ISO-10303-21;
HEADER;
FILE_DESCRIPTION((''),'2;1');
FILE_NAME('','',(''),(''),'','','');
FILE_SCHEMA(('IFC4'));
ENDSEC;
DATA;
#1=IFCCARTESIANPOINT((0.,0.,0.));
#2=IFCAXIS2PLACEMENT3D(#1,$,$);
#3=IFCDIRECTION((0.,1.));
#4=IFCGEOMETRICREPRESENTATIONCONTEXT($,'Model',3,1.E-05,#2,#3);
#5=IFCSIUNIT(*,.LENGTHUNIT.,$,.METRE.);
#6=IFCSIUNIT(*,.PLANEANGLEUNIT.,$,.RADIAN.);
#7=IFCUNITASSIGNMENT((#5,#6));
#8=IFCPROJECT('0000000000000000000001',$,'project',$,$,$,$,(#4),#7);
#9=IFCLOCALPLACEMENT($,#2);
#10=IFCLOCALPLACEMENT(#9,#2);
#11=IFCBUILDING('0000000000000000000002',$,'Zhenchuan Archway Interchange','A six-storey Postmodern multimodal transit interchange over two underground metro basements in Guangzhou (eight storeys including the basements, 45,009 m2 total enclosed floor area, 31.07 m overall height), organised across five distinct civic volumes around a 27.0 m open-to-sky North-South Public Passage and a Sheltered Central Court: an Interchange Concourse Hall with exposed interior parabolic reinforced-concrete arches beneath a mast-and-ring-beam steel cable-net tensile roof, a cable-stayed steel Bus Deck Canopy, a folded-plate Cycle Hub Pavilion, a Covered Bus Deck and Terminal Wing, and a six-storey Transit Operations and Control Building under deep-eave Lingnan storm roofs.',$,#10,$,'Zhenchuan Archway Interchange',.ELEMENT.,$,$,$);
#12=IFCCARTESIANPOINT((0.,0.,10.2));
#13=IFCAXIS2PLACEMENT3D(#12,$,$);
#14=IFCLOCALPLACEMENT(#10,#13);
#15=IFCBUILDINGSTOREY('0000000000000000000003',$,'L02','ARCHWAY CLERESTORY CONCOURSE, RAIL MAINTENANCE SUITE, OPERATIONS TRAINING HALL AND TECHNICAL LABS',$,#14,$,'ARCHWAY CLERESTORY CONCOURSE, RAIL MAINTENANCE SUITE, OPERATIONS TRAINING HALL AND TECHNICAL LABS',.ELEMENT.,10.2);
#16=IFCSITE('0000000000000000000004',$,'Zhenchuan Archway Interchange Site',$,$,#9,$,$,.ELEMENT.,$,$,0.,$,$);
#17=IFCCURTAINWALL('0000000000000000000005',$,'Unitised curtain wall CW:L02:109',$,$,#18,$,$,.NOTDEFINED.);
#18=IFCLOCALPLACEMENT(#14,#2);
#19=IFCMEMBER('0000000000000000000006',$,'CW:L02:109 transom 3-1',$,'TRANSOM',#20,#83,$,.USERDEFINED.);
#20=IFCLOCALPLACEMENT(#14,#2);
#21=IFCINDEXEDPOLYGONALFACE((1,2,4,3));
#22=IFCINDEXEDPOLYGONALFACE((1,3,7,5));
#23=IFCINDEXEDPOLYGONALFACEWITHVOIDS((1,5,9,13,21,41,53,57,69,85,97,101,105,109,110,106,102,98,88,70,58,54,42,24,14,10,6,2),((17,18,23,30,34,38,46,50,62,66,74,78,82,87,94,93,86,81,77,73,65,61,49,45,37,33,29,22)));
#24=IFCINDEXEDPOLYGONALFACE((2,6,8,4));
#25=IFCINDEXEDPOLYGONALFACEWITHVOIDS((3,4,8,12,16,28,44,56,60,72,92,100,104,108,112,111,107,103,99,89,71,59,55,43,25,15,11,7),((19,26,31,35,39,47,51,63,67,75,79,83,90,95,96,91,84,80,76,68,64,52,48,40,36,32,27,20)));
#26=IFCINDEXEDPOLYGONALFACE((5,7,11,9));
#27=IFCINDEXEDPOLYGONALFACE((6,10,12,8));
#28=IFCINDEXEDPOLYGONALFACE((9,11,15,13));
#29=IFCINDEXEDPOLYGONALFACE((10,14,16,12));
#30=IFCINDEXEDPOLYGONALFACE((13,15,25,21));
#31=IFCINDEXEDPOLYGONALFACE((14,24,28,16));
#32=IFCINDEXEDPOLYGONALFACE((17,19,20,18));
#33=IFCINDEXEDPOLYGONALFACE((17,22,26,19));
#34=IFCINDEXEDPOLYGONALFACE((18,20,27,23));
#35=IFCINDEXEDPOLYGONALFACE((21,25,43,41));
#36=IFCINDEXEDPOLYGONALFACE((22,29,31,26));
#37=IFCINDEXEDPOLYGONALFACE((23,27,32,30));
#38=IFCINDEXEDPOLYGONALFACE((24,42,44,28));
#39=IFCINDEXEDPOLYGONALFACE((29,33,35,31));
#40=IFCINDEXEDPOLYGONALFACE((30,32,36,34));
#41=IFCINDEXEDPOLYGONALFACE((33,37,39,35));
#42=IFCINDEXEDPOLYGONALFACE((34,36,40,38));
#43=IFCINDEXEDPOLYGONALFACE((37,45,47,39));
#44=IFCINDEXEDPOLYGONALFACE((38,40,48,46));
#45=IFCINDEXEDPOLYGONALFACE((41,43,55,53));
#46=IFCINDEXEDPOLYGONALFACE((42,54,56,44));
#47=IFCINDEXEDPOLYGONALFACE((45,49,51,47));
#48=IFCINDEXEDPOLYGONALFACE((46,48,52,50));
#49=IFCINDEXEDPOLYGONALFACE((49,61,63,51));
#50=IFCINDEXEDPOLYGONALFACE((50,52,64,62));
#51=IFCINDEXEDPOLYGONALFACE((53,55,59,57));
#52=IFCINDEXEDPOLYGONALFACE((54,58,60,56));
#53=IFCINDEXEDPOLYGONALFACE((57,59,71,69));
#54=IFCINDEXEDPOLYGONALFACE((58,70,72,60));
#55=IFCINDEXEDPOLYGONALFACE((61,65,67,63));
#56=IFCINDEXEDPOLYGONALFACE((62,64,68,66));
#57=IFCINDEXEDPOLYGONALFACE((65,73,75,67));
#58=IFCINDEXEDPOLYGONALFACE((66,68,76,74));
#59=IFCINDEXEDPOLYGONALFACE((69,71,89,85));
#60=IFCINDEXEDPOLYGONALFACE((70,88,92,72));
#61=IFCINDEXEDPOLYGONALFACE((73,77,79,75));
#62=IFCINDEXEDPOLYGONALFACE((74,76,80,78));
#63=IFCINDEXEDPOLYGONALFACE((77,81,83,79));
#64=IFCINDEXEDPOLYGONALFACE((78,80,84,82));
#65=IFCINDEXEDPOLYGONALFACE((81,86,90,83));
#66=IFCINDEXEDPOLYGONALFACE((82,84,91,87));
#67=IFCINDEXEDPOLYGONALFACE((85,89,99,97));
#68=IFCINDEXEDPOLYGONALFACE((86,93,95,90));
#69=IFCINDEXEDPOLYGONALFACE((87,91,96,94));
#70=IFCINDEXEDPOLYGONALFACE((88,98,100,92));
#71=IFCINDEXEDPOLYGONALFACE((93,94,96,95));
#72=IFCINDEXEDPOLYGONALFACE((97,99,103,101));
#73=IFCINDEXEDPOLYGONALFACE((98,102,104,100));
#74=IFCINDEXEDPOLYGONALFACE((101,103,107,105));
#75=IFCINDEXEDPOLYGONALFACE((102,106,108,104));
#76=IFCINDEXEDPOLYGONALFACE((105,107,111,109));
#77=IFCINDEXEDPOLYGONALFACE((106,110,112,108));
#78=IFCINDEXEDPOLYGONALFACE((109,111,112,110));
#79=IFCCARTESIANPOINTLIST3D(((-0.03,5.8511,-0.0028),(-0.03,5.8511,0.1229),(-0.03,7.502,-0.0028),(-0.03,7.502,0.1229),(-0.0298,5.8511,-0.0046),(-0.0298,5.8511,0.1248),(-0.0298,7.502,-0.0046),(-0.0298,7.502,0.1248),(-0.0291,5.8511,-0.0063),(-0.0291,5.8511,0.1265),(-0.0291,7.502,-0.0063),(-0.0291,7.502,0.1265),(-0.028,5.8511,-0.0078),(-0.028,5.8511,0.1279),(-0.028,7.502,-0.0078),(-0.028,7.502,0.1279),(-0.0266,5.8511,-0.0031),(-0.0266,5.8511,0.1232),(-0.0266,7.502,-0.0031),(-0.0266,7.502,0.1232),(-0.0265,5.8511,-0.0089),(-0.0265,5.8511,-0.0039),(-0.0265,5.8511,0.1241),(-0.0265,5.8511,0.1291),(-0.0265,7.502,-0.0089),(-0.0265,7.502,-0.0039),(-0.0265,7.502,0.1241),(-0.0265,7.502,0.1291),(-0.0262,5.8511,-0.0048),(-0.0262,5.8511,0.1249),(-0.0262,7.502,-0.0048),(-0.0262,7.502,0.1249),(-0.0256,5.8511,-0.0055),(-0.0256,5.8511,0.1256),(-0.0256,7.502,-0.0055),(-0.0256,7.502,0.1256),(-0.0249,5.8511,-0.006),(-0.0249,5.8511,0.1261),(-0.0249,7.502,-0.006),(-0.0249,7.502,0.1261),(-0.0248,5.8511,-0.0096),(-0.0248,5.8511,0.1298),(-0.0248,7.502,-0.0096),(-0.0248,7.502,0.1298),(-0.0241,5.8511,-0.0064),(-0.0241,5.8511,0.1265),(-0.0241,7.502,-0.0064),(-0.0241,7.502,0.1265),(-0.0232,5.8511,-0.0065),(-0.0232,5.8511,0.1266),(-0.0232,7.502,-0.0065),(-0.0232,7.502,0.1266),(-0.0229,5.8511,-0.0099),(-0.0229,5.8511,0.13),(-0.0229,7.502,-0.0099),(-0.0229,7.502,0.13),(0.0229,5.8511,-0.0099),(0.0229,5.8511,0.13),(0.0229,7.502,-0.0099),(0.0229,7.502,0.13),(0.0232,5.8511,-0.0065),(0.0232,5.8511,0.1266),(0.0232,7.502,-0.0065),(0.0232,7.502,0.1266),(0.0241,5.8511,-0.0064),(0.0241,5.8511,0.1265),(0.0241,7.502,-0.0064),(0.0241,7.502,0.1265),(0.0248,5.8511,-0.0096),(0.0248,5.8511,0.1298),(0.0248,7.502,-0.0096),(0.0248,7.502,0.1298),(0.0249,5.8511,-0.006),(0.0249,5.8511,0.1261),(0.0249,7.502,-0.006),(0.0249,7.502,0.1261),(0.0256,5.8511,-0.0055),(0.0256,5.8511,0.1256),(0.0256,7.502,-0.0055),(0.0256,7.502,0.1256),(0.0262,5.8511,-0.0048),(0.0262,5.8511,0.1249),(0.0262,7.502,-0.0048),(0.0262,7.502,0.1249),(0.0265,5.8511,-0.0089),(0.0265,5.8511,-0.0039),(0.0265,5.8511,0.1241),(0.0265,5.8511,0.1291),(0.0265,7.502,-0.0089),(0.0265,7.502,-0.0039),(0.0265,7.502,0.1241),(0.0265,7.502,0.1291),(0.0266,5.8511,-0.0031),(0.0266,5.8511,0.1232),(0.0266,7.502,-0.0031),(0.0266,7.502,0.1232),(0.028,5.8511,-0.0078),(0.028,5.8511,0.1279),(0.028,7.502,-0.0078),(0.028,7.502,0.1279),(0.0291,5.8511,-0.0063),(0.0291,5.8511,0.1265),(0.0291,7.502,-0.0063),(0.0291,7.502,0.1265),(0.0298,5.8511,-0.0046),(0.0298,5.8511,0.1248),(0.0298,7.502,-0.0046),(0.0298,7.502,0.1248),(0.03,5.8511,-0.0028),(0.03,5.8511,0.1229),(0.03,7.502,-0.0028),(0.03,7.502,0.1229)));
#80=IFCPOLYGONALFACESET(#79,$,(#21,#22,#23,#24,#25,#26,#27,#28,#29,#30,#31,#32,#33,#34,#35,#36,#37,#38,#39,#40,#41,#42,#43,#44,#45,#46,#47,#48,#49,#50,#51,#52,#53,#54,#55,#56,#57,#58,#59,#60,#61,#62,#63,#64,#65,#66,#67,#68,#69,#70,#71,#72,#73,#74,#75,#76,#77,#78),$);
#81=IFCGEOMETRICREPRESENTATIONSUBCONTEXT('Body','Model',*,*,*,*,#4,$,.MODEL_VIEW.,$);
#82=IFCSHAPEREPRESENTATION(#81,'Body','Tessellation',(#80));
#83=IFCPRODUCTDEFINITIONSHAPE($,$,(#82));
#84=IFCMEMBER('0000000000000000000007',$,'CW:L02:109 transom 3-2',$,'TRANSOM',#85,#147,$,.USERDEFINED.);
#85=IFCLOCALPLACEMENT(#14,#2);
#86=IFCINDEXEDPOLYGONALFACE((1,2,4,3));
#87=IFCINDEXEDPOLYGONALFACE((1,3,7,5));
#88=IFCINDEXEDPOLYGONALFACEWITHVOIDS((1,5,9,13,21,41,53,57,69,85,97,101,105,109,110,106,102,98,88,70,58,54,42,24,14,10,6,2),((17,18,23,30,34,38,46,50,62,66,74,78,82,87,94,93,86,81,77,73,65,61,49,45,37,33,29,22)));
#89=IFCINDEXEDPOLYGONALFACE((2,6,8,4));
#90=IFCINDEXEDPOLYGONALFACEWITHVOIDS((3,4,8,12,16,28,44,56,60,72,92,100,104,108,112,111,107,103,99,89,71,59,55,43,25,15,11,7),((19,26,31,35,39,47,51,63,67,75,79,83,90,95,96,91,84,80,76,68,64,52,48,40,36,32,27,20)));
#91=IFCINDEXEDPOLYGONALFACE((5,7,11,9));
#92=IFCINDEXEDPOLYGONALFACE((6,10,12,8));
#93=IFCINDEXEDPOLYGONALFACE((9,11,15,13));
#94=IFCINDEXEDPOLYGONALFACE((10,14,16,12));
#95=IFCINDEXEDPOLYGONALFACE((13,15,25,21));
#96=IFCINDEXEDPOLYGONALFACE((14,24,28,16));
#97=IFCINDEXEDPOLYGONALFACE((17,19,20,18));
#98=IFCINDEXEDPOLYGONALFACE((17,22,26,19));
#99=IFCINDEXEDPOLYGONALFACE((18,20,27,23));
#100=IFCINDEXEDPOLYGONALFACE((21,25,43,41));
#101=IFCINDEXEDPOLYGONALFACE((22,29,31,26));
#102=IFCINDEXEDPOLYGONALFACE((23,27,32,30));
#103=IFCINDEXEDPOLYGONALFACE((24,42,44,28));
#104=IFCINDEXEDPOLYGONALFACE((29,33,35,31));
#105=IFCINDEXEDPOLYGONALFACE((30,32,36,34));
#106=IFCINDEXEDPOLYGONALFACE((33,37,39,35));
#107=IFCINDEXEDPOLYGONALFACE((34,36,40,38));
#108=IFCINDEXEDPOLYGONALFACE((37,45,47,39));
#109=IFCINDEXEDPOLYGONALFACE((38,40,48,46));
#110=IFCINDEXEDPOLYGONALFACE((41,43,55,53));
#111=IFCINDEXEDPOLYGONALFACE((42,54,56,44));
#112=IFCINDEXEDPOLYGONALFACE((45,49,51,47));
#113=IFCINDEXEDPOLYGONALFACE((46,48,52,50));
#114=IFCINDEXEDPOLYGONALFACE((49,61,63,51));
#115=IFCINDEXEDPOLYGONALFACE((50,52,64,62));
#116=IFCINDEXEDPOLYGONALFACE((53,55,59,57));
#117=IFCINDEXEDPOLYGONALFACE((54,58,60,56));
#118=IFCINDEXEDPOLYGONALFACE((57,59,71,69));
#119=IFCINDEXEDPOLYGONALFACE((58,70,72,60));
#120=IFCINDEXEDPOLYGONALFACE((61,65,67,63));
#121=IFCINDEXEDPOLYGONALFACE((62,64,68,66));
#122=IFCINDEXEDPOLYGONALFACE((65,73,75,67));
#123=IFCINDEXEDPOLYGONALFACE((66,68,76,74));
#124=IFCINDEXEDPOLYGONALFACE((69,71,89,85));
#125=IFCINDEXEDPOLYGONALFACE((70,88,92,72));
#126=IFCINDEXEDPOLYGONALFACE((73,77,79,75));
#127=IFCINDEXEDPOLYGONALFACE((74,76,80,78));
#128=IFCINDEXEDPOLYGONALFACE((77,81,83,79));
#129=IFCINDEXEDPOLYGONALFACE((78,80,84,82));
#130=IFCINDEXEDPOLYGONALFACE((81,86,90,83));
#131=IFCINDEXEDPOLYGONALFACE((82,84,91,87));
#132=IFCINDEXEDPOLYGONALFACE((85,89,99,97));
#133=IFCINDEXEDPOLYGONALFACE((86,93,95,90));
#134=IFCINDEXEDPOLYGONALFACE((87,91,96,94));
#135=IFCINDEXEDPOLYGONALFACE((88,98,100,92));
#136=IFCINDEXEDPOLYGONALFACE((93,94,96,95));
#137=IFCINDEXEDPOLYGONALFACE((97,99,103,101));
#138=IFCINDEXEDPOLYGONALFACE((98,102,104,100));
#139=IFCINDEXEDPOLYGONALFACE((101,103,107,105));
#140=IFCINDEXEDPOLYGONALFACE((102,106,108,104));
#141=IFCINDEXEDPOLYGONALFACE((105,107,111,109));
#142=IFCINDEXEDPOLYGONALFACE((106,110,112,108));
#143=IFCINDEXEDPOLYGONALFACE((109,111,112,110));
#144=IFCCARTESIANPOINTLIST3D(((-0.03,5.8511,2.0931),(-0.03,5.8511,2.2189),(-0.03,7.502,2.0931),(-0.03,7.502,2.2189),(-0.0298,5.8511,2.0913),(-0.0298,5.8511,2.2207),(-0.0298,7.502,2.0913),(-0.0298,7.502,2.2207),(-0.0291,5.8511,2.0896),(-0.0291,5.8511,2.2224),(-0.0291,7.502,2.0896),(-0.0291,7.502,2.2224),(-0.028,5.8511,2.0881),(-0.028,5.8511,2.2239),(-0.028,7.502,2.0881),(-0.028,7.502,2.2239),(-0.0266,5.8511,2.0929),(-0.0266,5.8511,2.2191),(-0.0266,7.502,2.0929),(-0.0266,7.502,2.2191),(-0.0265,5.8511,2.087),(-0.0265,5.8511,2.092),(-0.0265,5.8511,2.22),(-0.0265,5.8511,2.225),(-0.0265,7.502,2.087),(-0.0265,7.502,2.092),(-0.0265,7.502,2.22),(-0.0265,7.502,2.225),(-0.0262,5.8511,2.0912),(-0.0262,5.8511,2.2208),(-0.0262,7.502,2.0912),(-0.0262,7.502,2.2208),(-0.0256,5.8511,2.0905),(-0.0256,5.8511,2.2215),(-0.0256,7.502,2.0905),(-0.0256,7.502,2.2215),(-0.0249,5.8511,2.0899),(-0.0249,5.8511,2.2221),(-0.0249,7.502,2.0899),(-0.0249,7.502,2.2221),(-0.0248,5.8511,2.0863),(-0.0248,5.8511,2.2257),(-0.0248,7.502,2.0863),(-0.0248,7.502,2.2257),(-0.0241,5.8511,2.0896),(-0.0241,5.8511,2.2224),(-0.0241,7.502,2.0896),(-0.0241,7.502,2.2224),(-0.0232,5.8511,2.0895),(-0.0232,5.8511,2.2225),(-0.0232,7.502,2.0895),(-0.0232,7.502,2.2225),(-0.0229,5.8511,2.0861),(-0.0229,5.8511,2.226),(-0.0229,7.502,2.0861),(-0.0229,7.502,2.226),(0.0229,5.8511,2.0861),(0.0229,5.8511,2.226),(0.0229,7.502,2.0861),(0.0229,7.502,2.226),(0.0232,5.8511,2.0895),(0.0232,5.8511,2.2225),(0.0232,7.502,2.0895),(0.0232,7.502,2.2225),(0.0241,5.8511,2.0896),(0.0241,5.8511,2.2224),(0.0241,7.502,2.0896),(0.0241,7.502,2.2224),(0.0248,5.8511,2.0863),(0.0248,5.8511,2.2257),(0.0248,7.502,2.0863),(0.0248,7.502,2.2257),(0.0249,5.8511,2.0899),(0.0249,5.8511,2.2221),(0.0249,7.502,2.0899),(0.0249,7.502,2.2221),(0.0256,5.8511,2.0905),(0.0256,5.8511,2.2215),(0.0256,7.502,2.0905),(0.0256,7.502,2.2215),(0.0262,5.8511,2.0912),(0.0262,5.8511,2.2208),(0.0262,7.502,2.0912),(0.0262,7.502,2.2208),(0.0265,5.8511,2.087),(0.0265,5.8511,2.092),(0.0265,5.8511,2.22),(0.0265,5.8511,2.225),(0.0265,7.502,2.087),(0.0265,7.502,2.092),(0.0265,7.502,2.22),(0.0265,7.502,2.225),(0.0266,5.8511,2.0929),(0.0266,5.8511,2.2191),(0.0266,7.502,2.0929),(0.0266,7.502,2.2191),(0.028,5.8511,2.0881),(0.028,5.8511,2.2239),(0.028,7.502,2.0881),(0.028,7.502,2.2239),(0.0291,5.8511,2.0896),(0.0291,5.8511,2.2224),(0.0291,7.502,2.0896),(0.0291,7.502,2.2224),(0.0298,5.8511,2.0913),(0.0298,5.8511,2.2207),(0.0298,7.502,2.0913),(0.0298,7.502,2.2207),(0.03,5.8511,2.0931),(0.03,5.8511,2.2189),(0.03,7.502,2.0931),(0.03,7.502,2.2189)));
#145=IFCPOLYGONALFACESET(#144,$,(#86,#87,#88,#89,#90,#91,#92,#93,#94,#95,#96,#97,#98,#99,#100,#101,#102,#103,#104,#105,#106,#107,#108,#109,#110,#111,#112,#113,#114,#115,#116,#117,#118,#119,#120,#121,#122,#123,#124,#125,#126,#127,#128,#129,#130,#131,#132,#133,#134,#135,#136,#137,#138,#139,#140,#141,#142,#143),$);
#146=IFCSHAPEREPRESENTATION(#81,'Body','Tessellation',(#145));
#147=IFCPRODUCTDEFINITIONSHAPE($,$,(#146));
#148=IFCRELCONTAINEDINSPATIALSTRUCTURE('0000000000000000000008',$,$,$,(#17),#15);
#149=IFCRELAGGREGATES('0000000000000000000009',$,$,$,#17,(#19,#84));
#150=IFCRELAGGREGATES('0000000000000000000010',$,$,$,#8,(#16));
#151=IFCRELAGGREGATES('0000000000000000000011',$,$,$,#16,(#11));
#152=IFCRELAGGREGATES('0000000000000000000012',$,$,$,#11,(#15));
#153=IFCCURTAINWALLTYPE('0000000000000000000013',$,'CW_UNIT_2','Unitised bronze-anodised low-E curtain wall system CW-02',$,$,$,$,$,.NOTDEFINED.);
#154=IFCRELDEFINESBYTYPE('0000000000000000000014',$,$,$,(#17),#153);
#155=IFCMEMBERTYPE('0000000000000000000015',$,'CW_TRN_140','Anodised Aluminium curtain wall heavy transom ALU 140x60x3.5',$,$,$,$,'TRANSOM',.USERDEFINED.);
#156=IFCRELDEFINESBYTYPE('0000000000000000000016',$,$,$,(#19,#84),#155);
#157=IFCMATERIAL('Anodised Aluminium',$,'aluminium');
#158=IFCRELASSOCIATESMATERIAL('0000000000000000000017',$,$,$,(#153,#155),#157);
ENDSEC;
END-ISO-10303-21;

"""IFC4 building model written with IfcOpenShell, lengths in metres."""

from ifc_helpers import new_model, si_unit, direction, frame, origin, origin_2d, place, context, subcontext, project, spatial, hollow_rectangle, extrude, material, material_profile, profile_set, type_object, element, aggregate, save


model = new_model("IFC4")

# Units and contexts
model_context = context("Model", 3, precision=1e-05, world=origin(), true_north=direction((0.0, 1.0)))
body_context = subcontext(model_context, "Body", "Model", "MODEL_VIEW")
ifc_project = project(units=[si_unit("LENGTHUNIT", "METRE"), si_unit("PLANEANGLEUNIT", "RADIAN")], contexts=[model_context])

# Site, building, storey
site_placement = place(None, origin())
site = spatial("IfcSite", under=ifc_project, at=site_placement, Name="Zhenchuan Archway Interchange Site", CompositionType="ELEMENT", RefElevation=0.0)
building_placement = place(site_placement, origin())
building = spatial("IfcBuilding", under=site, at=building_placement, Name="Zhenchuan Archway Interchange", Description="A six-storey Postmodern multimodal transit interchange over two underground metro basements in Guangzhou (eight storeys including the basements, 45,009 m2 total enclosed floor area, 31.07 m overall height), organised across five distinct civic volumes around a 27.0 m open-to-sky North-South Public Passage and a Sheltered Central Court: an Interchange Concourse Hall with exposed interior parabolic reinforced-concrete arches beneath a mast-and-ring-beam steel cable-net tensile roof, a cable-stayed steel Bus Deck Canopy, a folded-plate Cycle Hub Pavilion, a Covered Bus Deck and Terminal Wing, and a six-storey Transit Operations and Control Building under deep-eave Lingnan storm roofs.", LongName="Zhenchuan Archway Interchange", CompositionType="ELEMENT")
storey_placement = place(building_placement, frame((0.0, 0.0, 10.2)))
storey = spatial("IfcBuildingStorey", under=building, at=storey_placement, Name="L02", Description="ARCHWAY CLERESTORY CONCOURSE, RAIL MAINTENANCE SUITE, OPERATIONS TRAINING HALL AND TECHNICAL LABS", LongName="ARCHWAY CLERESTORY CONCOURSE, RAIL MAINTENANCE SUITE, OPERATIONS TRAINING HALL AND TECHNICAL LABS", CompositionType="ELEMENT", Elevation=10.2)

# Shared definitions
ifc_material_1 = material(Name="Anodised Aluminium", Category="aluminium")

# Curtain wall
curtain_wall_type_1 = type_object("IfcCurtainWallType", Name="CW_UNIT_2", Description="Unitised bronze-anodised low-E curtain wall system CW-02", PredefinedType="NOTDEFINED", material=ifc_material_1)
curtain_wall_1_placement = place(storey_placement, origin())
curtain_wall_1 = element("IfcCurtainWall", 1, at=curtain_wall_1_placement, inside=storey, type_object=curtain_wall_type_1, Name="Unitised curtain wall CW:L02:109", PredefinedType="NOTDEFINED")

# Members
ifc_material_profile_1 = material_profile(ifc_material_1, hollow_rectangle(XDim=0.0601, YDim=0.1399, WallThickness=0.0034, InnerFilletRadius=0.0034, OuterFilletRadius=0.0071, at=origin_2d()), Name="ALU 140x60x3.5")
ifc_profile_set_1 = profile_set([ifc_material_profile_1], Name="Anodised Aluminium")
member_type_1 = type_object("IfcMemberType", Name="CW_TRN_140", Description="Anodised Aluminium curtain wall heavy transom ALU 140x60x3.5", ElementType="TRANSOM", PredefinedType="USERDEFINED", material=ifc_profile_set_1)
member_1_placement = place(storey_placement, frame((0.0, 5.8511, 0.0601), z_axis=(0.0, 1.0, 0.0), x_axis=(-1.0, 0.0, 0.0)))
member_1 = element("IfcMember", 2, at=member_1_placement, type_object=member_type_1, Name="CW:L02:109 transom 3-1", ObjectType="TRANSOM", PredefinedType="USERDEFINED", context=body_context, shape_type="SweptSolid", body=[
    extrude(hollow_rectangle(XDim=0.0601, YDim=0.1399, WallThickness=0.0034, InnerFilletRadius=0.0034, OuterFilletRadius=0.0071, at=origin_2d()), origin(), (0.0, 0.0, 1.0), 1.6509),
])
member_2_placement = place(storey_placement, frame((0.0, 5.8511, 2.156), z_axis=(0.0, 1.0, 0.0), x_axis=(-1.0, 0.0, 0.0)))
member_2 = element("IfcMember", 3, at=member_2_placement, type_object=member_type_1, Name="CW:L02:109 transom 3-2", ObjectType="TRANSOM", PredefinedType="USERDEFINED", context=body_context, shape_type="SweptSolid", body=[
    extrude(hollow_rectangle(XDim=0.0601, YDim=0.1399, WallThickness=0.0034, InnerFilletRadius=0.0034, OuterFilletRadius=0.0071, at=origin_2d()), origin(), (0.0, 0.0, 1.0), 1.6509),
])

aggregate(curtain_wall_1, [member_1, member_2])

save(model, "model.ifc")
